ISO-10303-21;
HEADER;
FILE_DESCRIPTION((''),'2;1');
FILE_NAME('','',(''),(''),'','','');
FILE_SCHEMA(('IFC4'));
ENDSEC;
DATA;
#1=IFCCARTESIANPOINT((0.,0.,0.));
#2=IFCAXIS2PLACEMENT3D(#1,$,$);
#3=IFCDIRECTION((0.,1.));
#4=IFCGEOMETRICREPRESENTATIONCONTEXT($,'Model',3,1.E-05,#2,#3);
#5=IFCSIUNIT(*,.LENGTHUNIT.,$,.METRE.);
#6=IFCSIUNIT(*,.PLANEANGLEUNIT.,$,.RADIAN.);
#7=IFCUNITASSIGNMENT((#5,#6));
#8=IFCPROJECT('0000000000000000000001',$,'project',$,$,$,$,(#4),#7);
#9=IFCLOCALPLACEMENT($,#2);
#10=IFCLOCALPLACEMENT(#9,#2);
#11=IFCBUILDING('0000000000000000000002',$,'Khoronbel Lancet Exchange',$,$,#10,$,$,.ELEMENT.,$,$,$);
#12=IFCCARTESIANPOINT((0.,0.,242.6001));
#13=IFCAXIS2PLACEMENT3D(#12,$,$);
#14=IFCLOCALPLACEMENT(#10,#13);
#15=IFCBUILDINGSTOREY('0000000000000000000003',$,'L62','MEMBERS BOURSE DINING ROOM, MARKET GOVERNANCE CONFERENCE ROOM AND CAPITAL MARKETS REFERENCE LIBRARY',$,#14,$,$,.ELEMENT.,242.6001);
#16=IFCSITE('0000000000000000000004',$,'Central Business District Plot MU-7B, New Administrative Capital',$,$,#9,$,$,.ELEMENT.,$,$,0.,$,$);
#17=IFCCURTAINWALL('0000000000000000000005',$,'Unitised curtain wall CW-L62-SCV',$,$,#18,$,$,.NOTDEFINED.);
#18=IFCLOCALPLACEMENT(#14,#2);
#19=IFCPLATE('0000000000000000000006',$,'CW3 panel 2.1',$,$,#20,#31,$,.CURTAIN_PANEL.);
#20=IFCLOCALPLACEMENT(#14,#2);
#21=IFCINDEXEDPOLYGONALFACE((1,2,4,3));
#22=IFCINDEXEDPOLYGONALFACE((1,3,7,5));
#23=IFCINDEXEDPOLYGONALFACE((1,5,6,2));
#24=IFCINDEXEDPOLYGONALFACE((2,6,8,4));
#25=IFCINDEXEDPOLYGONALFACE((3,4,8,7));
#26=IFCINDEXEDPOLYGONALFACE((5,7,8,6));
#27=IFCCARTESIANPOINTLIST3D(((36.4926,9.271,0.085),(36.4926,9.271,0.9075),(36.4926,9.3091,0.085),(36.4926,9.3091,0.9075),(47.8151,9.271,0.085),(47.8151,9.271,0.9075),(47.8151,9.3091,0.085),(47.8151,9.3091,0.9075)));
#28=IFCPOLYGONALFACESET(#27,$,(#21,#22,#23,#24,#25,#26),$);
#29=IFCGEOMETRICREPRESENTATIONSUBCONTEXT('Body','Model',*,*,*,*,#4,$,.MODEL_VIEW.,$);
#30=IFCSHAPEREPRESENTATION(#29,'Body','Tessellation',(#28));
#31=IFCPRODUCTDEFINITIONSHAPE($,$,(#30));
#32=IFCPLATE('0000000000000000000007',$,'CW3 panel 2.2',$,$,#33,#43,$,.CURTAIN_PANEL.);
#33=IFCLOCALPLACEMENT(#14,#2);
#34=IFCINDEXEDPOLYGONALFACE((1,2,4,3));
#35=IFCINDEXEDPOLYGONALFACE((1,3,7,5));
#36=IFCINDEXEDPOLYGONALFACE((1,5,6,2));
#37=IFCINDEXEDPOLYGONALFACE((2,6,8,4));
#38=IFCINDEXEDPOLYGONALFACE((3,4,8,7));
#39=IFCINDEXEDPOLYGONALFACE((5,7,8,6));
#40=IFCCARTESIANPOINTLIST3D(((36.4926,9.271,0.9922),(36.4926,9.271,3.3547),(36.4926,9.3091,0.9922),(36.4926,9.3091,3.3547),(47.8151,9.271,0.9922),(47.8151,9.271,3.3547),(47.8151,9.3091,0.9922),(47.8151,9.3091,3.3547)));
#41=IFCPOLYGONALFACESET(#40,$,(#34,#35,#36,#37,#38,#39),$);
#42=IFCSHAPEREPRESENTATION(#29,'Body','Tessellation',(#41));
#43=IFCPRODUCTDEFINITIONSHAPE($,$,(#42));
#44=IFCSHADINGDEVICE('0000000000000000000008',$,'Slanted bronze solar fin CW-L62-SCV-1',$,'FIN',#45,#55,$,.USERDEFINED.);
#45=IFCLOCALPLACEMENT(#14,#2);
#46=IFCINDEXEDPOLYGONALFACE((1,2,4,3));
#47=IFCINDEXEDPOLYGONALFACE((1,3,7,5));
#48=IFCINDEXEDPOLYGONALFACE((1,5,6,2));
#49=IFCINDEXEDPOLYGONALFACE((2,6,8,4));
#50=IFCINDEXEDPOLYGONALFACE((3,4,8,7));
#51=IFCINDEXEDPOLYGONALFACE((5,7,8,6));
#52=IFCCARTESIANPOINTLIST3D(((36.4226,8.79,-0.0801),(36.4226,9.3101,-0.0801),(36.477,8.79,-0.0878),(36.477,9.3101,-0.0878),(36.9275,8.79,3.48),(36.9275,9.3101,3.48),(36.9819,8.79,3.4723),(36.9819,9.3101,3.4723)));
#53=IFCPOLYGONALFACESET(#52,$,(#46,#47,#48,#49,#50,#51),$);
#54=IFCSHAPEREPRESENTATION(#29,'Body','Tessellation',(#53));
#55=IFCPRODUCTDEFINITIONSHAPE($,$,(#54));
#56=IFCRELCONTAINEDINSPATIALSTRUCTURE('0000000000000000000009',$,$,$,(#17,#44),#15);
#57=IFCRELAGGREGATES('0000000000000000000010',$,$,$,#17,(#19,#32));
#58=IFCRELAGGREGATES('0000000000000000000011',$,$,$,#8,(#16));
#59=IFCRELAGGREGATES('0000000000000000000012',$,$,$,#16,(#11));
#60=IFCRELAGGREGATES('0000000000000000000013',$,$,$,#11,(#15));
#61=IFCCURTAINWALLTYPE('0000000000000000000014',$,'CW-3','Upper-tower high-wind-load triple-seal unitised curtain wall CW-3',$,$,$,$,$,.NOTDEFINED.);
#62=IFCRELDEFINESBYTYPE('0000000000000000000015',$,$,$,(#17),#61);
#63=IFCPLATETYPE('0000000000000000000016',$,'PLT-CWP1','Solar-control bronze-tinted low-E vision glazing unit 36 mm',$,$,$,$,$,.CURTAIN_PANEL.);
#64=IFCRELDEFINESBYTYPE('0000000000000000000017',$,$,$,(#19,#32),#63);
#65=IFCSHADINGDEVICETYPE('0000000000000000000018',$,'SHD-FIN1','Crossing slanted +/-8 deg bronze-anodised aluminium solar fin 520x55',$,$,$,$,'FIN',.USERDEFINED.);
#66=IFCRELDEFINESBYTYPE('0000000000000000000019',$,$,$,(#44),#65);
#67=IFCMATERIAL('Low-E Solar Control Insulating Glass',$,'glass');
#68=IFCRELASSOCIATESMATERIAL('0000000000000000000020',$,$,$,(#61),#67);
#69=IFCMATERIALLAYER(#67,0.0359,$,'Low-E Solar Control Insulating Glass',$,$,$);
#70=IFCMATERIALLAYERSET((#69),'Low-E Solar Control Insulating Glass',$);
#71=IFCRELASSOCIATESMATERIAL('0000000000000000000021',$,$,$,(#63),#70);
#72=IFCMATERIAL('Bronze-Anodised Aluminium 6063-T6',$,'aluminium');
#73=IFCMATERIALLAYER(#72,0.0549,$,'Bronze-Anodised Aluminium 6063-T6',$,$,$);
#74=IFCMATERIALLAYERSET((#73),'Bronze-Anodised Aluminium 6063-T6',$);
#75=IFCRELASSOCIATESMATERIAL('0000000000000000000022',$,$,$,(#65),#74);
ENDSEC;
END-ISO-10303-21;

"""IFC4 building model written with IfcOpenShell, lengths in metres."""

from ifc_helpers import new_model, si_unit, direction, frame, origin, origin_2d, place, context, subcontext, project, spatial, polyline, rectangle, outline, extrude, material, layer, layer_set, type_object, element, aggregate, save


model = new_model("IFC4")

# Units and contexts
model_context = context("Model", 3, precision=1e-05, world=origin(), true_north=direction((0.0, 1.0)))
body_context = subcontext(model_context, "Body", "Model", "MODEL_VIEW")
ifc_project = project(units=[si_unit("LENGTHUNIT", "METRE"), si_unit("PLANEANGLEUNIT", "RADIAN")], contexts=[model_context])

# Site, building, storey
site_placement = place(None, origin())
site = spatial("IfcSite", under=ifc_project, at=site_placement, Name="Central Business District Plot MU-7B, New Administrative Capital", CompositionType="ELEMENT", RefElevation=0.0)
building_placement = place(site_placement, origin())
building = spatial("IfcBuilding", under=site, at=building_placement, Name="Khoronbel Lancet Exchange", CompositionType="ELEMENT")
storey_placement = place(building_placement, frame((0.0, 0.0, 242.6001)))
storey = spatial("IfcBuildingStorey", under=building, at=storey_placement, Name="L62", Description="MEMBERS BOURSE DINING ROOM, MARKET GOVERNANCE CONFERENCE ROOM AND CAPITAL MARKETS REFERENCE LIBRARY", CompositionType="ELEMENT", Elevation=242.6001)

# Curtain wall
ifc_material_1 = material(Name="Low-E Solar Control Insulating Glass", Category="glass")
curtain_wall_type = type_object("IfcCurtainWallType", Name="CW-3", Description="Upper-tower high-wind-load triple-seal unitised curtain wall CW-3", PredefinedType="NOTDEFINED", material=ifc_material_1)
curtain_wall_1_placement = place(storey_placement, origin())
curtain_wall_1 = element("IfcCurtainWall", 1, at=curtain_wall_1_placement, inside=storey, type_object=curtain_wall_type, Name="Unitised curtain wall CW-L62-SCV", PredefinedType="NOTDEFINED")
ifc_material_2 = material(Name="Bronze-Anodised Aluminium 6063-T6", Category="aluminium")

# Plates
ifc_layer_1 = layer(ifc_material_1, 0.0359, Name="Low-E Solar Control Insulating Glass")
ifc_layer_set_1 = layer_set([ifc_layer_1], Name="Low-E Solar Control Insulating Glass")
plate_type_1 = type_object("IfcPlateType", Name="PLT-CWP1", Description="Solar-control bronze-tinted low-E vision glazing unit 36 mm", PredefinedType="CURTAIN_PANEL", material=ifc_layer_set_1)
plate_1_placement = place(storey_placement, frame((42.1538, 9.29, 0.085), z_axis=(0.0, 0.0, 1.0), x_axis=(1.0, 0.0, 0.0)))
plate_1 = element("IfcPlate", 2, at=plate_1_placement, type_object=plate_type_1, Name="CW3 panel 2.1", PredefinedType="CURTAIN_PANEL", context=body_context, shape_type="SweptSolid", body=[
    extrude(rectangle(XDim=11.3225, YDim=0.0381, at=origin_2d()), origin(), (0.0, 0.0, 1.0), 0.8225),
])
plate_2_placement = place(storey_placement, frame((42.1538, 9.29, 0.9922), z_axis=(0.0, 0.0, 1.0), x_axis=(1.0, 0.0, 0.0)))
plate_2 = element("IfcPlate", 3, at=plate_2_placement, type_object=plate_type_1, Name="CW3 panel 2.2", PredefinedType="CURTAIN_PANEL", context=body_context, shape_type="SweptSolid", body=[
    extrude(rectangle(XDim=11.3225, YDim=0.0381, at=origin_2d()), origin(), (0.0, 0.0, 1.0), 2.3625),
])
aggregate(curtain_wall_1, [plate_1, plate_2])

# Shading device
ifc_layer_2 = layer(ifc_material_2, 0.0549, Name="Bronze-Anodised Aluminium 6063-T6")
ifc_layer_set_2 = layer_set([ifc_layer_2], Name="Bronze-Anodised Aluminium 6063-T6")
shading_device_type = type_object("IfcShadingDeviceType", Name="SHD-FIN1", Description="Crossing slanted +/-8 deg bronze-anodised aluminium solar fin 520x55", ElementType="FIN", PredefinedType="USERDEFINED", material=ifc_layer_set_2)
shading_device_placement = place(storey_placement, frame((36.4226, 9.3101, -0.0801), z_axis=(-0.990093, 0.0, 0.140414), x_axis=(0.0, -1.0, 0.0)))
element("IfcShadingDevice", 4, at=shading_device_placement, inside=storey, type_object=shading_device_type, Name="Slanted bronze solar fin CW-L62-SCV-1", ObjectType="FIN", PredefinedType="USERDEFINED", context=body_context, shape_type="SweptSolid", body=[
    extrude(outline(polyline([(0.0, 0.0), (0.52, 0.0), (0.52, 3.5957), (0.0, 3.5957), (0.0, 0.0)])), origin(), (0.0, 0.0, -1.0), 0.0549),
])

save(model, "model.ifc")
